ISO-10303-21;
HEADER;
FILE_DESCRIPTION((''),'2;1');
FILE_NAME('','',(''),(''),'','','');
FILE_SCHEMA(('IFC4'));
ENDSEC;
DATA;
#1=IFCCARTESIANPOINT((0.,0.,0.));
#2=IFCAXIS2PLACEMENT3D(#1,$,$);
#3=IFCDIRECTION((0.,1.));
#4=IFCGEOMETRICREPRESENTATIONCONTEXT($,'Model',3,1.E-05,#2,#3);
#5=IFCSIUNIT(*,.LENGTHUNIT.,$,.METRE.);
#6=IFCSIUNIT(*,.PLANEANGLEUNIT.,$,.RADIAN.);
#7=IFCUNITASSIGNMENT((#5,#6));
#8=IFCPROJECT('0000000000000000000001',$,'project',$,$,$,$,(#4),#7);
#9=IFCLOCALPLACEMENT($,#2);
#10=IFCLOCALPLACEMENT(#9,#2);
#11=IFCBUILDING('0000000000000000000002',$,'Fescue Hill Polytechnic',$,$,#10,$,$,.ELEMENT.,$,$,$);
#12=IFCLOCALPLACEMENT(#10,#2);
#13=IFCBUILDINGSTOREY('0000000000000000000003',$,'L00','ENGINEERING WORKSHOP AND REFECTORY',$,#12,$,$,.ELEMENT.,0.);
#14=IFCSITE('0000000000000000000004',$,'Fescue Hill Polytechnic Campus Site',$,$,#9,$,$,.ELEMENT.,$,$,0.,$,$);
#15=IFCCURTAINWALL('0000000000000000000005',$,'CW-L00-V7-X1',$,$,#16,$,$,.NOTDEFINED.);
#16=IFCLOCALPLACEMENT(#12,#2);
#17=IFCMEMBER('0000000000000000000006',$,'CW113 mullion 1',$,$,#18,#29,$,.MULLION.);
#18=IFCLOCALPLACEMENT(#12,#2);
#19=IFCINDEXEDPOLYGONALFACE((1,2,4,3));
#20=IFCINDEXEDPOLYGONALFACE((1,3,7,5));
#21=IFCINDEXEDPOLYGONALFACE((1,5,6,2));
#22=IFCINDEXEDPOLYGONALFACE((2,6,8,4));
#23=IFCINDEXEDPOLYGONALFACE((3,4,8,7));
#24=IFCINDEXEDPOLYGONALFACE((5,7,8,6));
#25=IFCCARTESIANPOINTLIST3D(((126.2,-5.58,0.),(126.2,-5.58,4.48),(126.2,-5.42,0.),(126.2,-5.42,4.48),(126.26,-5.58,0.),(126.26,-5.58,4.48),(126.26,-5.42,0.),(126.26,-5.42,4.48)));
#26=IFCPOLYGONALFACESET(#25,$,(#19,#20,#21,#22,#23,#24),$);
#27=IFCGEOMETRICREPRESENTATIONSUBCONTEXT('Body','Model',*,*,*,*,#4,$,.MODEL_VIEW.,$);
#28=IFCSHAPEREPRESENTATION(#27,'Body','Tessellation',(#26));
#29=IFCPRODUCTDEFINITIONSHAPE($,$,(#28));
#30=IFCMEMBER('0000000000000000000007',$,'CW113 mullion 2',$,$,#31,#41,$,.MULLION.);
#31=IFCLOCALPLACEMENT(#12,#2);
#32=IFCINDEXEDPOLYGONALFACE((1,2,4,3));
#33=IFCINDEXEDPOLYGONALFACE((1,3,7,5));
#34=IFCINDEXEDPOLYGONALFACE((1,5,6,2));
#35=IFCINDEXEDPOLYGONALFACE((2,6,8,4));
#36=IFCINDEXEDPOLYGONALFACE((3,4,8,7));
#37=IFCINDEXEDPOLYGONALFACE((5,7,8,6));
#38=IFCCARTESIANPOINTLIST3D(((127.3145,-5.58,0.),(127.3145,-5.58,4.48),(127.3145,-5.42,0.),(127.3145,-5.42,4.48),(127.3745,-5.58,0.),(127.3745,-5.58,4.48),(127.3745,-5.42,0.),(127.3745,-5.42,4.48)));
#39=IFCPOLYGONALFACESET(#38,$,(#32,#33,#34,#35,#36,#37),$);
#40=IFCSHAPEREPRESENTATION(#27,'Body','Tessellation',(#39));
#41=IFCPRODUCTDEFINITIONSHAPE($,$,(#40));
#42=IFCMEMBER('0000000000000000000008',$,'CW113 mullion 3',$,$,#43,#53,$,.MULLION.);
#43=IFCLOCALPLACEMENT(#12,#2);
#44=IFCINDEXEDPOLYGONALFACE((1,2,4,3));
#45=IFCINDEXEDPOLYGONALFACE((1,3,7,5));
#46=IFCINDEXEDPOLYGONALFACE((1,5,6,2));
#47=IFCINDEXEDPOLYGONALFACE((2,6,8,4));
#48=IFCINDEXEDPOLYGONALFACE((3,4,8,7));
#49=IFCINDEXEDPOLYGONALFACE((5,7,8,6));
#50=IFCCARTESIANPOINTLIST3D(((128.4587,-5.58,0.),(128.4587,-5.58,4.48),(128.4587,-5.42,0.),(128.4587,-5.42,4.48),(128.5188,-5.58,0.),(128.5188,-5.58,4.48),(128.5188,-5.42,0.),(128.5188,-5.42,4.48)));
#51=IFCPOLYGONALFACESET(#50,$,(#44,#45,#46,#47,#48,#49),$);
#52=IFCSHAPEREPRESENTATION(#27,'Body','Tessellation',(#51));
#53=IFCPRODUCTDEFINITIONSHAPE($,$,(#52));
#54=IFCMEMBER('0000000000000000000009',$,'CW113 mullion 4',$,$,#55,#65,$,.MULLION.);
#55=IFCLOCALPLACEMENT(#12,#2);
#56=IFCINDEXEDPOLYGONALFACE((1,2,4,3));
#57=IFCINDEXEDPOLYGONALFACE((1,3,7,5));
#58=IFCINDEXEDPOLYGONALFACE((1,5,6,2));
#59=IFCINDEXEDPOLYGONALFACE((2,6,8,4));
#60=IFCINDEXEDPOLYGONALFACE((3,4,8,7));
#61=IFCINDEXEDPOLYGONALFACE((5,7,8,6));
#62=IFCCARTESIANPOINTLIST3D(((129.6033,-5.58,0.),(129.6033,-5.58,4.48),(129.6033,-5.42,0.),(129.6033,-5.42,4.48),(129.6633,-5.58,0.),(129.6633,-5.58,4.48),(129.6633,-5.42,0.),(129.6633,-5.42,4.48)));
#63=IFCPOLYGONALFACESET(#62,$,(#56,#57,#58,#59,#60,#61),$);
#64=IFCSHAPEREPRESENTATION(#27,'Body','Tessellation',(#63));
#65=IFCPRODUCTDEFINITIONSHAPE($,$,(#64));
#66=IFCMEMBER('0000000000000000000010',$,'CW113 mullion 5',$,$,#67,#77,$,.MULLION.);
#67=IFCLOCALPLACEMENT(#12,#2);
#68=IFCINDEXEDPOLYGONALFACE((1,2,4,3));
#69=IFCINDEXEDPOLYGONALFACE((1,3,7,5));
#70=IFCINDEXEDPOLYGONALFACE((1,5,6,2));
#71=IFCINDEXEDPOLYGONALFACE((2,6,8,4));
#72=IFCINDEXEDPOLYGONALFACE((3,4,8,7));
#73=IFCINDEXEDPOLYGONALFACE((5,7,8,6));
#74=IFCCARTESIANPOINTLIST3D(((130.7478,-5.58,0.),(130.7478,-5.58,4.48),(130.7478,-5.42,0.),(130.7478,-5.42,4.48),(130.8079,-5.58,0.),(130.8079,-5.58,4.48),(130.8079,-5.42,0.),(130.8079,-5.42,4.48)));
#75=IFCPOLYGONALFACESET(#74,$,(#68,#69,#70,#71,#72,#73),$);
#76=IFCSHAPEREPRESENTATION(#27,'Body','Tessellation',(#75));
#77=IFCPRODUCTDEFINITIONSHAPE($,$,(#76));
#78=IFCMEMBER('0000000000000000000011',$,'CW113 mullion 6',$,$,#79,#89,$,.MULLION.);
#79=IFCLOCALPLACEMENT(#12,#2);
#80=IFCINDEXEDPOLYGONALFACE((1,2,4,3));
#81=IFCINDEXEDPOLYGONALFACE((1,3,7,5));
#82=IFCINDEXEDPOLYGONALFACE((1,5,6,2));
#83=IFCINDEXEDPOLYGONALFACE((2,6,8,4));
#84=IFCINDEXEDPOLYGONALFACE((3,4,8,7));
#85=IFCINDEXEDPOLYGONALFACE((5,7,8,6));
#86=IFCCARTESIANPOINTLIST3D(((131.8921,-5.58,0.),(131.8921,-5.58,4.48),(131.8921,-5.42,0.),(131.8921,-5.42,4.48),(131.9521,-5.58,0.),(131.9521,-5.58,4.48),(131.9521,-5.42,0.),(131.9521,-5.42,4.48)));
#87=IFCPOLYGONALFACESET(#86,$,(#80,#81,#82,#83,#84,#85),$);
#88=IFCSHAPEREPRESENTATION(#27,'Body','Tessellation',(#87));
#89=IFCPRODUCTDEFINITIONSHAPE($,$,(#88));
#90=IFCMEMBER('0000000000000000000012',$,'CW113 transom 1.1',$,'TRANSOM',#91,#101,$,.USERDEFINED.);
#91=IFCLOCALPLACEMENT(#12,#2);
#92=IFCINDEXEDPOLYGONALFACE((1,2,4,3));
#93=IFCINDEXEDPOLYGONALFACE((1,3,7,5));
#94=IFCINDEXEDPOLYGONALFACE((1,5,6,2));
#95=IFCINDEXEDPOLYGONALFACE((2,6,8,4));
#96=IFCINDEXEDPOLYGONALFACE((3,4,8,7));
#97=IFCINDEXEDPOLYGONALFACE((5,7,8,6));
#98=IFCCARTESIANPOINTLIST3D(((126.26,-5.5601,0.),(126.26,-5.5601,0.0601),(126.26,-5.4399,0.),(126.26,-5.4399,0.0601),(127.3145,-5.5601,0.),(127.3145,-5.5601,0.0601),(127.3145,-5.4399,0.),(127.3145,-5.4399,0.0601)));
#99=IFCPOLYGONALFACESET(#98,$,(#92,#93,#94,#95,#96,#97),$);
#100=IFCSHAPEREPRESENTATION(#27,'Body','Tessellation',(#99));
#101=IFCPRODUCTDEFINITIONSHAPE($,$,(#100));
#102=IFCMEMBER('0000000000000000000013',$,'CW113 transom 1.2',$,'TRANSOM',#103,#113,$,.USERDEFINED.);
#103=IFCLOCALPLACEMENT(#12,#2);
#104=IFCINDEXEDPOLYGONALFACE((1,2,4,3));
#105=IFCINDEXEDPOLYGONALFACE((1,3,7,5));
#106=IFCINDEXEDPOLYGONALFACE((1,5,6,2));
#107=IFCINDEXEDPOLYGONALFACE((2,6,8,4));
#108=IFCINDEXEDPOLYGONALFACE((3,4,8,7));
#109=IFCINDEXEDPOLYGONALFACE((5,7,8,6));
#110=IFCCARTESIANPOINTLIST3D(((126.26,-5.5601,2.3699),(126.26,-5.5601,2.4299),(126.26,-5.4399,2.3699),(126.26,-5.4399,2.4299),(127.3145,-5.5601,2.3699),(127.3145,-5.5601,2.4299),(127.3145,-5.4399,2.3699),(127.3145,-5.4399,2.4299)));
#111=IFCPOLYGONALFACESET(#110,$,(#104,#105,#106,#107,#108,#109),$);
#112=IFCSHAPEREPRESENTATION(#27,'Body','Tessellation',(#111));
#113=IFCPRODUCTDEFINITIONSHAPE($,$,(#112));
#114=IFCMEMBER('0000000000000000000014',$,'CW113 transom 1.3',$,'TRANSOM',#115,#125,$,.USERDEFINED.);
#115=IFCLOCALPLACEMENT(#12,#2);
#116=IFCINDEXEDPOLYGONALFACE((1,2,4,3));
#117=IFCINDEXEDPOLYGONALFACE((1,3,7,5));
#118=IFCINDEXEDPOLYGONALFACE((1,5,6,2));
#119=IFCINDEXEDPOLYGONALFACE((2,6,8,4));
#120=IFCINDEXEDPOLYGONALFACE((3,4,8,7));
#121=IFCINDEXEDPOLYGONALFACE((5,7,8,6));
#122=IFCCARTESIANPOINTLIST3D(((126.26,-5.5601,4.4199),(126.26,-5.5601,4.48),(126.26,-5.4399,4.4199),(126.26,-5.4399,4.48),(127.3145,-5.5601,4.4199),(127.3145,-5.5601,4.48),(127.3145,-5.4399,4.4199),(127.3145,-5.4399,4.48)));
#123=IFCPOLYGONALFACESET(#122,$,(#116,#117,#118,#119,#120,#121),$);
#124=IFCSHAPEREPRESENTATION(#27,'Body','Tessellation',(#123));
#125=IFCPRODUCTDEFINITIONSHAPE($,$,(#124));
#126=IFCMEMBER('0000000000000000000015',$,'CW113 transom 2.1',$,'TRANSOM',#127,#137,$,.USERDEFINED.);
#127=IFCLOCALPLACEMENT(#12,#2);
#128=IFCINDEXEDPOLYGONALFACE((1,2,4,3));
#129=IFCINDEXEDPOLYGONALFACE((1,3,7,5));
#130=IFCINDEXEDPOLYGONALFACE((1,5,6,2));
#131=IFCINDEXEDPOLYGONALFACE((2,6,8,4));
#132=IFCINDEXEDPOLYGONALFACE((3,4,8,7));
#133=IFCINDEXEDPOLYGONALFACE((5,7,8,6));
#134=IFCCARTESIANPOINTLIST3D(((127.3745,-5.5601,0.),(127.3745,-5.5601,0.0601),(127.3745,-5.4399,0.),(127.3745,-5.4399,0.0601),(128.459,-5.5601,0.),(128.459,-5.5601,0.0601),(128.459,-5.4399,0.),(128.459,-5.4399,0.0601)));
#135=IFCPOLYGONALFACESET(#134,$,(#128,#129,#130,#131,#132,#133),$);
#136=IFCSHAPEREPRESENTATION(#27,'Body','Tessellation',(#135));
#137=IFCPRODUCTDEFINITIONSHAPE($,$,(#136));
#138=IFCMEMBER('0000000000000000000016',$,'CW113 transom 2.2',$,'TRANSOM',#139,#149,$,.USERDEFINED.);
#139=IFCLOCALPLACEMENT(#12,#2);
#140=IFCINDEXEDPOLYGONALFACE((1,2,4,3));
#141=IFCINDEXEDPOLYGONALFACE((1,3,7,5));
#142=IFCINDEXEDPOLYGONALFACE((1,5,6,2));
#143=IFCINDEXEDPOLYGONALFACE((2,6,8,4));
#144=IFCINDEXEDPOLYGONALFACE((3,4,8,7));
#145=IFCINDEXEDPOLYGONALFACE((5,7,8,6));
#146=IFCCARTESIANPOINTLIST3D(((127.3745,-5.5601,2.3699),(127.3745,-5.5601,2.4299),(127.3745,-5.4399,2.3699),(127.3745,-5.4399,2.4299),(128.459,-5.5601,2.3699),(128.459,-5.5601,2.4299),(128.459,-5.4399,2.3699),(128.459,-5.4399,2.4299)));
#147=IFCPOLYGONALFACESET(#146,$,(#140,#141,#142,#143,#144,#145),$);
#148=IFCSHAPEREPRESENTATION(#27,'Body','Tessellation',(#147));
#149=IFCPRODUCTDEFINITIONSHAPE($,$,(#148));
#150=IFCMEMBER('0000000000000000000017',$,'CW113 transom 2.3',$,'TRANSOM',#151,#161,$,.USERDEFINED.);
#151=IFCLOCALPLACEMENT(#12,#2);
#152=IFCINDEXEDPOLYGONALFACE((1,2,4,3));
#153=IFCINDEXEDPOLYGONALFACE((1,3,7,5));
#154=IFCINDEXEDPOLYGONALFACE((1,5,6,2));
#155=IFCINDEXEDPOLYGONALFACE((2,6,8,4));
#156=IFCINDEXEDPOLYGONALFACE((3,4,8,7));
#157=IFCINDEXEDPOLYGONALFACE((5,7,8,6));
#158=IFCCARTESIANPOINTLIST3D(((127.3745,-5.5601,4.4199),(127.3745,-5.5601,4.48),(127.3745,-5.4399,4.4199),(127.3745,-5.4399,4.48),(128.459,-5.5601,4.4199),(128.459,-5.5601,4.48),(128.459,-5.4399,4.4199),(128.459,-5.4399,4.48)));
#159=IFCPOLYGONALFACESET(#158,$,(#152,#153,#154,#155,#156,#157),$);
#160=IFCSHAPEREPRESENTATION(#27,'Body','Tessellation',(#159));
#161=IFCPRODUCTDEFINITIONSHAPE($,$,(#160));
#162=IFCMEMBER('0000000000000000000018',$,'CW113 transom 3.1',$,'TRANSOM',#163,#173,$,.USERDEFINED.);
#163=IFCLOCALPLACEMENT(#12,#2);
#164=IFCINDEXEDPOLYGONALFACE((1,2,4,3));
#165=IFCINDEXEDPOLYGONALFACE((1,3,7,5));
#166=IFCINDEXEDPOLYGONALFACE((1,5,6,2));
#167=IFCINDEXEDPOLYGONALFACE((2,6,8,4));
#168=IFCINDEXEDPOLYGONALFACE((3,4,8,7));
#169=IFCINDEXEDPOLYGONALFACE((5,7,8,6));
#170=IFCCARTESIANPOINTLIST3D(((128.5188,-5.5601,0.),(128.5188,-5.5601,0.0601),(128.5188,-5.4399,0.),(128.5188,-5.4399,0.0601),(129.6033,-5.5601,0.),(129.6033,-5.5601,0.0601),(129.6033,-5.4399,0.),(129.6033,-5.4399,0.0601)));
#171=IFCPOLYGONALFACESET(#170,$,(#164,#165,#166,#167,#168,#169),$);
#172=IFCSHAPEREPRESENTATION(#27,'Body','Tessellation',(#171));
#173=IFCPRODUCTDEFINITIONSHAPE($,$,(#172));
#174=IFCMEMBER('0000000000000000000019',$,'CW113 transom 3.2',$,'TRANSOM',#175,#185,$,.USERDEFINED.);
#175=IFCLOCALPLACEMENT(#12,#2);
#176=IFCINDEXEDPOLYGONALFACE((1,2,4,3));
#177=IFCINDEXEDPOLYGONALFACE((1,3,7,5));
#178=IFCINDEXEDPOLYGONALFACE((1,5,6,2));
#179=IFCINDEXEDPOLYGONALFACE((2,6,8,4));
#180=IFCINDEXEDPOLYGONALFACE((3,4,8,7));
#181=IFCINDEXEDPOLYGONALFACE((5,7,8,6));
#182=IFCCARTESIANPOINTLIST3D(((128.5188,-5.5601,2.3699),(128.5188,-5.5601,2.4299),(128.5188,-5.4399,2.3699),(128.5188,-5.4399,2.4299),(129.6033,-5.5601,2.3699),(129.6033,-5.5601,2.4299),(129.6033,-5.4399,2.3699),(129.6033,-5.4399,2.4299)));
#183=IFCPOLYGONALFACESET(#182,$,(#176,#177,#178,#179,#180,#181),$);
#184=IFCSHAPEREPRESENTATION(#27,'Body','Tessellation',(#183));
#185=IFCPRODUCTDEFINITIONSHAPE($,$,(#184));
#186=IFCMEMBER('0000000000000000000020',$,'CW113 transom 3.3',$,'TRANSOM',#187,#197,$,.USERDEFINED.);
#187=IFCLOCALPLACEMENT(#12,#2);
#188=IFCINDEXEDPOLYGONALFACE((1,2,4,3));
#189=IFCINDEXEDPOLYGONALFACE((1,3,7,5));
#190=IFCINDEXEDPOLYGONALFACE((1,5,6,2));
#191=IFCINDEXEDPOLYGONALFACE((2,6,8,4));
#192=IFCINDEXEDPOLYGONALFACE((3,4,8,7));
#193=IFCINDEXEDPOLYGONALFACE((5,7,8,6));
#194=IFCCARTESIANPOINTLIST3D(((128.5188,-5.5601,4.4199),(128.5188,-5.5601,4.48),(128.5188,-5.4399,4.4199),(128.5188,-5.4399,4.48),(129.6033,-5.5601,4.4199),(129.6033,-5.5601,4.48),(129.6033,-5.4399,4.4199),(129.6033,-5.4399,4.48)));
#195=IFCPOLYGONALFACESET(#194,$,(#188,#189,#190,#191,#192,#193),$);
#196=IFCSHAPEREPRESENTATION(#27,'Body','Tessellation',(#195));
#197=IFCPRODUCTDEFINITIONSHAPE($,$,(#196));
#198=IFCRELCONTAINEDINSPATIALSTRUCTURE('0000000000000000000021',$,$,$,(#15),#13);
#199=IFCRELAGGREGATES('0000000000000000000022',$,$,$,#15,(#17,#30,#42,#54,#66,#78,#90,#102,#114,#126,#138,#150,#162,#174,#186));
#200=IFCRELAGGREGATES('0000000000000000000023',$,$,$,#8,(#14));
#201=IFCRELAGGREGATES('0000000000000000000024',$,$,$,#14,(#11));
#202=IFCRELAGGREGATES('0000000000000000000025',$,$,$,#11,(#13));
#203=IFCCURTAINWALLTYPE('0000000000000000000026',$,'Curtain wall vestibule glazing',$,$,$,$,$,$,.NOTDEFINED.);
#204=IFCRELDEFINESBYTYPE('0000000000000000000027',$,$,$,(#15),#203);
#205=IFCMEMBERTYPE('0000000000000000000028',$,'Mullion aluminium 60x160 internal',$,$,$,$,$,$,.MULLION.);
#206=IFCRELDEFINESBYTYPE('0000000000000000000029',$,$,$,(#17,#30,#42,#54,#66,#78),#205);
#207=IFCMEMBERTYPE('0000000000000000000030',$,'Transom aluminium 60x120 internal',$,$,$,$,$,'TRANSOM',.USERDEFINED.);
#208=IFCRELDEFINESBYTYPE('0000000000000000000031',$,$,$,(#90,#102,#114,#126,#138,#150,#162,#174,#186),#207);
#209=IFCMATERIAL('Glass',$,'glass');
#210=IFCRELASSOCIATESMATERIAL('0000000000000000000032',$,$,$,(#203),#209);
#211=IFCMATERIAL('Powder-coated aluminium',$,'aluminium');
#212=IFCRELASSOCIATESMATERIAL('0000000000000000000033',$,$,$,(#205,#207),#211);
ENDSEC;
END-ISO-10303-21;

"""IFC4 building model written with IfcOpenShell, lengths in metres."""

from ifc_helpers import new_model, si_unit, direction, frame, origin, origin_2d, place, context, subcontext, project, spatial, rectangle, extrude, material, material_profile, profile_set, type_object, element, aggregate, save


model = new_model("IFC4")

# Units and contexts
model_context = context("Model", 3, precision=1e-05, world=origin(), true_north=direction((0.0, 1.0)))
body_context = subcontext(model_context, "Body", "Model", "MODEL_VIEW")
ifc_project = project(units=[si_unit("LENGTHUNIT", "METRE"), si_unit("PLANEANGLEUNIT", "RADIAN")], contexts=[model_context])

# Site, building, storey
site_placement = place(None, origin())
site = spatial("IfcSite", under=ifc_project, at=site_placement, Name="Fescue Hill Polytechnic Campus Site", CompositionType="ELEMENT", RefElevation=0.0)
building_placement = place(site_placement, origin())
building = spatial("IfcBuilding", under=site, at=building_placement, Name="Fescue Hill Polytechnic", CompositionType="ELEMENT")
storey_placement = place(building_placement, origin())
storey = spatial("IfcBuildingStorey", under=building, at=storey_placement, Name="L00", Description="ENGINEERING WORKSHOP AND REFECTORY", CompositionType="ELEMENT", Elevation=0.0)

# Curtain wall, members
ifc_material_1 = material(Name="Glass", Category="glass")
curtain_wall_type = type_object("IfcCurtainWallType", Name="Curtain wall vestibule glazing", PredefinedType="NOTDEFINED", material=ifc_material_1)
curtain_wall_placement = place(storey_placement, origin())
curtain_wall = element("IfcCurtainWall", 1, at=curtain_wall_placement, inside=storey, type_object=curtain_wall_type, Name="CW-L00-V7-X1", PredefinedType="NOTDEFINED")
ifc_material_2 = material(Name="Powder-coated aluminium", Category="aluminium")
ifc_material_profile_1 = material_profile(ifc_material_2, rectangle(XDim=0.1599, YDim=0.0601, at=origin_2d()), Name="Mullion aluminium 60x160 internal")
ifc_profile_set_1 = profile_set([ifc_material_profile_1], Name="Powder-coated aluminium")
member_type_1 = type_object("IfcMemberType", Name="Mullion aluminium 60x160 internal", PredefinedType="MULLION", material=ifc_profile_set_1)
member_1_placement = place(storey_placement, frame((126.23, -5.5, 0.0), z_axis=(0.0, 0.0, 1.0), x_axis=(0.0, 1.0, 0.0)))
member_1 = element("IfcMember", 2, at=member_1_placement, type_object=member_type_1, Name="CW113 mullion 1", PredefinedType="MULLION", context=body_context, shape_type="SweptSolid", body=[
    extrude(rectangle(XDim=0.1599, YDim=0.0601, at=origin_2d()), origin(), (0.0, 0.0, 1.0), 4.48),
])
member_2_placement = place(storey_placement, frame((127.3445, -5.5, 0.0), z_axis=(0.0, 0.0, 1.0), x_axis=(0.0, 1.0, 0.0)))
member_2 = element("IfcMember", 3, at=member_2_placement, type_object=member_type_1, Name="CW113 mullion 2", PredefinedType="MULLION", context=body_context, shape_type="SweptSolid", body=[
    extrude(rectangle(XDim=0.1599, YDim=0.0601, at=origin_2d()), origin(), (0.0, 0.0, 1.0), 4.48),
])
member_3_placement = place(storey_placement, frame((128.4888, -5.5, 0.0), z_axis=(0.0, 0.0, 1.0), x_axis=(0.0, 1.0, 0.0)))
member_3 = element("IfcMember", 4, at=member_3_placement, type_object=member_type_1, Name="CW113 mullion 3", PredefinedType="MULLION", context=body_context, shape_type="SweptSolid", body=[
    extrude(rectangle(XDim=0.1599, YDim=0.0601, at=origin_2d()), origin(), (0.0, 0.0, 1.0), 4.48),
])
member_4_placement = place(storey_placement, frame((129.6333, -5.5, 0.0), z_axis=(0.0, 0.0, 1.0), x_axis=(0.0, 1.0, 0.0)))
member_4 = element("IfcMember", 5, at=member_4_placement, type_object=member_type_1, Name="CW113 mullion 4", PredefinedType="MULLION", context=body_context, shape_type="SweptSolid", body=[
    extrude(rectangle(XDim=0.1599, YDim=0.0601, at=origin_2d()), origin(), (0.0, 0.0, 1.0), 4.48),
])
member_5_placement = place(storey_placement, frame((130.7778, -5.5, 0.0), z_axis=(0.0, 0.0, 1.0), x_axis=(0.0, 1.0, 0.0)))
member_5 = element("IfcMember", 6, at=member_5_placement, type_object=member_type_1, Name="CW113 mullion 5", PredefinedType="MULLION", context=body_context, shape_type="SweptSolid", body=[
    extrude(rectangle(XDim=0.1599, YDim=0.0601, at=origin_2d()), origin(), (0.0, 0.0, 1.0), 4.48),
])
member_6_placement = place(storey_placement, frame((131.9221, -5.5, 0.0), z_axis=(0.0, 0.0, 1.0), x_axis=(0.0, 1.0, 0.0)))
member_6 = element("IfcMember", 7, at=member_6_placement, type_object=member_type_1, Name="CW113 mullion 6", PredefinedType="MULLION", context=body_context, shape_type="SweptSolid", body=[
    extrude(rectangle(XDim=0.1599, YDim=0.0601, at=origin_2d()), origin(), (0.0, 0.0, 1.0), 4.48),
])
ifc_material_profile_2 = material_profile(ifc_material_2, rectangle(XDim=0.1201, YDim=0.0601, at=origin_2d()), Name="Transom aluminium 60x120 internal")
ifc_profile_set_2 = profile_set([ifc_material_profile_2], Name="Powder-coated aluminium")
member_type_2 = type_object("IfcMemberType", Name="Transom aluminium 60x120 internal", ElementType="TRANSOM", PredefinedType="USERDEFINED", material=ifc_profile_set_2)
member_7_placement = place(storey_placement, frame((126.26, -5.5, 0.03), z_axis=(1.0, 0.0, 0.0), x_axis=(0.0, 1.0, 0.0)))
member_7 = element("IfcMember", 8, at=member_7_placement, type_object=member_type_2, Name="CW113 transom 1.1", ObjectType="TRANSOM", PredefinedType="USERDEFINED", context=body_context, shape_type="SweptSolid", body=[
    extrude(rectangle(XDim=0.1201, YDim=0.0601, at=origin_2d()), origin(), (0.0, 0.0, 1.0), 1.0544),
])
member_8_placement = place(storey_placement, frame((126.26, -5.5, 2.3999), z_axis=(1.0, 0.0, 0.0), x_axis=(0.0, 1.0, 0.0)))
member_8 = element("IfcMember", 9, at=member_8_placement, type_object=member_type_2, Name="CW113 transom 1.2", ObjectType="TRANSOM", PredefinedType="USERDEFINED", context=body_context, shape_type="SweptSolid", body=[
    extrude(rectangle(XDim=0.1201, YDim=0.0601, at=origin_2d()), origin(), (0.0, 0.0, 1.0), 1.0544),
])
member_9_placement = place(storey_placement, frame((126.26, -5.5, 4.45), z_axis=(1.0, 0.0, 0.0), x_axis=(0.0, 1.0, 0.0)))
member_9 = element("IfcMember", 10, at=member_9_placement, type_object=member_type_2, Name="CW113 transom 1.3", ObjectType="TRANSOM", PredefinedType="USERDEFINED", context=body_context, shape_type="SweptSolid", body=[
    extrude(rectangle(XDim=0.1201, YDim=0.0601, at=origin_2d()), origin(), (0.0, 0.0, 1.0), 1.0544),
])
member_10_placement = place(storey_placement, frame((127.3745, -5.5, 0.03), z_axis=(1.0, 0.0, 0.0), x_axis=(0.0, 1.0, 0.0)))
member_10 = element("IfcMember", 11, at=member_10_placement, type_object=member_type_2, Name="CW113 transom 2.1", ObjectType="TRANSOM", PredefinedType="USERDEFINED", context=body_context, shape_type="SweptSolid", body=[
    extrude(rectangle(XDim=0.1201, YDim=0.0601, at=origin_2d()), origin(), (0.0, 0.0, 1.0), 1.0845),
])
member_11_placement = place(storey_placement, frame((127.3745, -5.5, 2.3999), z_axis=(1.0, 0.0, 0.0), x_axis=(0.0, 1.0, 0.0)))
member_11 = element("IfcMember", 12, at=member_11_placement, type_object=member_type_2, Name="CW113 transom 2.2", ObjectType="TRANSOM", PredefinedType="USERDEFINED", context=body_context, shape_type="SweptSolid", body=[
    extrude(rectangle(XDim=0.1201, YDim=0.0601, at=origin_2d()), origin(), (0.0, 0.0, 1.0), 1.0845),
])
member_12_placement = place(storey_placement, frame((127.3745, -5.5, 4.45), z_axis=(1.0, 0.0, 0.0), x_axis=(0.0, 1.0, 0.0)))
member_12 = element("IfcMember", 13, at=member_12_placement, type_object=member_type_2, Name="CW113 transom 2.3", ObjectType="TRANSOM", PredefinedType="USERDEFINED", context=body_context, shape_type="SweptSolid", body=[
    extrude(rectangle(XDim=0.1201, YDim=0.0601, at=origin_2d()), origin(), (0.0, 0.0, 1.0), 1.0845),
])
member_13_placement = place(storey_placement, frame((128.5188, -5.5, 0.03), z_axis=(1.0, 0.0, 0.0), x_axis=(0.0, 1.0, 0.0)))
member_13 = element("IfcMember", 14, at=member_13_placement, type_object=member_type_2, Name="CW113 transom 3.1", ObjectType="TRANSOM", PredefinedType="USERDEFINED", context=body_context, shape_type="SweptSolid", body=[
    extrude(rectangle(XDim=0.1201, YDim=0.0601, at=origin_2d()), origin(), (0.0, 0.0, 1.0), 1.0845),
])
member_14_placement = place(storey_placement, frame((128.5188, -5.5, 2.3999), z_axis=(1.0, 0.0, 0.0), x_axis=(0.0, 1.0, 0.0)))
member_14 = element("IfcMember", 15, at=member_14_placement, type_object=member_type_2, Name="CW113 transom 3.2", ObjectType="TRANSOM", PredefinedType="USERDEFINED", context=body_context, shape_type="SweptSolid", body=[
    extrude(rectangle(XDim=0.1201, YDim=0.0601, at=origin_2d()), origin(), (0.0, 0.0, 1.0), 1.0845),
])
member_15_placement = place(storey_placement, frame((128.5188, -5.5, 4.45), z_axis=(1.0, 0.0, 0.0), x_axis=(0.0, 1.0, 0.0)))
member_15 = element("IfcMember", 16, at=member_15_placement, type_object=member_type_2, Name="CW113 transom 3.3", ObjectType="TRANSOM", PredefinedType="USERDEFINED", context=body_context, shape_type="SweptSolid", body=[
    extrude(rectangle(XDim=0.1201, YDim=0.0601, at=origin_2d()), origin(), (0.0, 0.0, 1.0), 1.0845),
])
aggregate(curtain_wall, [member_1, member_2, member_3, member_4, member_5, member_6, member_7, member_8, member_9, member_10, member_11, member_12, member_13, member_14, member_15])

save(model, "model.ifc")
